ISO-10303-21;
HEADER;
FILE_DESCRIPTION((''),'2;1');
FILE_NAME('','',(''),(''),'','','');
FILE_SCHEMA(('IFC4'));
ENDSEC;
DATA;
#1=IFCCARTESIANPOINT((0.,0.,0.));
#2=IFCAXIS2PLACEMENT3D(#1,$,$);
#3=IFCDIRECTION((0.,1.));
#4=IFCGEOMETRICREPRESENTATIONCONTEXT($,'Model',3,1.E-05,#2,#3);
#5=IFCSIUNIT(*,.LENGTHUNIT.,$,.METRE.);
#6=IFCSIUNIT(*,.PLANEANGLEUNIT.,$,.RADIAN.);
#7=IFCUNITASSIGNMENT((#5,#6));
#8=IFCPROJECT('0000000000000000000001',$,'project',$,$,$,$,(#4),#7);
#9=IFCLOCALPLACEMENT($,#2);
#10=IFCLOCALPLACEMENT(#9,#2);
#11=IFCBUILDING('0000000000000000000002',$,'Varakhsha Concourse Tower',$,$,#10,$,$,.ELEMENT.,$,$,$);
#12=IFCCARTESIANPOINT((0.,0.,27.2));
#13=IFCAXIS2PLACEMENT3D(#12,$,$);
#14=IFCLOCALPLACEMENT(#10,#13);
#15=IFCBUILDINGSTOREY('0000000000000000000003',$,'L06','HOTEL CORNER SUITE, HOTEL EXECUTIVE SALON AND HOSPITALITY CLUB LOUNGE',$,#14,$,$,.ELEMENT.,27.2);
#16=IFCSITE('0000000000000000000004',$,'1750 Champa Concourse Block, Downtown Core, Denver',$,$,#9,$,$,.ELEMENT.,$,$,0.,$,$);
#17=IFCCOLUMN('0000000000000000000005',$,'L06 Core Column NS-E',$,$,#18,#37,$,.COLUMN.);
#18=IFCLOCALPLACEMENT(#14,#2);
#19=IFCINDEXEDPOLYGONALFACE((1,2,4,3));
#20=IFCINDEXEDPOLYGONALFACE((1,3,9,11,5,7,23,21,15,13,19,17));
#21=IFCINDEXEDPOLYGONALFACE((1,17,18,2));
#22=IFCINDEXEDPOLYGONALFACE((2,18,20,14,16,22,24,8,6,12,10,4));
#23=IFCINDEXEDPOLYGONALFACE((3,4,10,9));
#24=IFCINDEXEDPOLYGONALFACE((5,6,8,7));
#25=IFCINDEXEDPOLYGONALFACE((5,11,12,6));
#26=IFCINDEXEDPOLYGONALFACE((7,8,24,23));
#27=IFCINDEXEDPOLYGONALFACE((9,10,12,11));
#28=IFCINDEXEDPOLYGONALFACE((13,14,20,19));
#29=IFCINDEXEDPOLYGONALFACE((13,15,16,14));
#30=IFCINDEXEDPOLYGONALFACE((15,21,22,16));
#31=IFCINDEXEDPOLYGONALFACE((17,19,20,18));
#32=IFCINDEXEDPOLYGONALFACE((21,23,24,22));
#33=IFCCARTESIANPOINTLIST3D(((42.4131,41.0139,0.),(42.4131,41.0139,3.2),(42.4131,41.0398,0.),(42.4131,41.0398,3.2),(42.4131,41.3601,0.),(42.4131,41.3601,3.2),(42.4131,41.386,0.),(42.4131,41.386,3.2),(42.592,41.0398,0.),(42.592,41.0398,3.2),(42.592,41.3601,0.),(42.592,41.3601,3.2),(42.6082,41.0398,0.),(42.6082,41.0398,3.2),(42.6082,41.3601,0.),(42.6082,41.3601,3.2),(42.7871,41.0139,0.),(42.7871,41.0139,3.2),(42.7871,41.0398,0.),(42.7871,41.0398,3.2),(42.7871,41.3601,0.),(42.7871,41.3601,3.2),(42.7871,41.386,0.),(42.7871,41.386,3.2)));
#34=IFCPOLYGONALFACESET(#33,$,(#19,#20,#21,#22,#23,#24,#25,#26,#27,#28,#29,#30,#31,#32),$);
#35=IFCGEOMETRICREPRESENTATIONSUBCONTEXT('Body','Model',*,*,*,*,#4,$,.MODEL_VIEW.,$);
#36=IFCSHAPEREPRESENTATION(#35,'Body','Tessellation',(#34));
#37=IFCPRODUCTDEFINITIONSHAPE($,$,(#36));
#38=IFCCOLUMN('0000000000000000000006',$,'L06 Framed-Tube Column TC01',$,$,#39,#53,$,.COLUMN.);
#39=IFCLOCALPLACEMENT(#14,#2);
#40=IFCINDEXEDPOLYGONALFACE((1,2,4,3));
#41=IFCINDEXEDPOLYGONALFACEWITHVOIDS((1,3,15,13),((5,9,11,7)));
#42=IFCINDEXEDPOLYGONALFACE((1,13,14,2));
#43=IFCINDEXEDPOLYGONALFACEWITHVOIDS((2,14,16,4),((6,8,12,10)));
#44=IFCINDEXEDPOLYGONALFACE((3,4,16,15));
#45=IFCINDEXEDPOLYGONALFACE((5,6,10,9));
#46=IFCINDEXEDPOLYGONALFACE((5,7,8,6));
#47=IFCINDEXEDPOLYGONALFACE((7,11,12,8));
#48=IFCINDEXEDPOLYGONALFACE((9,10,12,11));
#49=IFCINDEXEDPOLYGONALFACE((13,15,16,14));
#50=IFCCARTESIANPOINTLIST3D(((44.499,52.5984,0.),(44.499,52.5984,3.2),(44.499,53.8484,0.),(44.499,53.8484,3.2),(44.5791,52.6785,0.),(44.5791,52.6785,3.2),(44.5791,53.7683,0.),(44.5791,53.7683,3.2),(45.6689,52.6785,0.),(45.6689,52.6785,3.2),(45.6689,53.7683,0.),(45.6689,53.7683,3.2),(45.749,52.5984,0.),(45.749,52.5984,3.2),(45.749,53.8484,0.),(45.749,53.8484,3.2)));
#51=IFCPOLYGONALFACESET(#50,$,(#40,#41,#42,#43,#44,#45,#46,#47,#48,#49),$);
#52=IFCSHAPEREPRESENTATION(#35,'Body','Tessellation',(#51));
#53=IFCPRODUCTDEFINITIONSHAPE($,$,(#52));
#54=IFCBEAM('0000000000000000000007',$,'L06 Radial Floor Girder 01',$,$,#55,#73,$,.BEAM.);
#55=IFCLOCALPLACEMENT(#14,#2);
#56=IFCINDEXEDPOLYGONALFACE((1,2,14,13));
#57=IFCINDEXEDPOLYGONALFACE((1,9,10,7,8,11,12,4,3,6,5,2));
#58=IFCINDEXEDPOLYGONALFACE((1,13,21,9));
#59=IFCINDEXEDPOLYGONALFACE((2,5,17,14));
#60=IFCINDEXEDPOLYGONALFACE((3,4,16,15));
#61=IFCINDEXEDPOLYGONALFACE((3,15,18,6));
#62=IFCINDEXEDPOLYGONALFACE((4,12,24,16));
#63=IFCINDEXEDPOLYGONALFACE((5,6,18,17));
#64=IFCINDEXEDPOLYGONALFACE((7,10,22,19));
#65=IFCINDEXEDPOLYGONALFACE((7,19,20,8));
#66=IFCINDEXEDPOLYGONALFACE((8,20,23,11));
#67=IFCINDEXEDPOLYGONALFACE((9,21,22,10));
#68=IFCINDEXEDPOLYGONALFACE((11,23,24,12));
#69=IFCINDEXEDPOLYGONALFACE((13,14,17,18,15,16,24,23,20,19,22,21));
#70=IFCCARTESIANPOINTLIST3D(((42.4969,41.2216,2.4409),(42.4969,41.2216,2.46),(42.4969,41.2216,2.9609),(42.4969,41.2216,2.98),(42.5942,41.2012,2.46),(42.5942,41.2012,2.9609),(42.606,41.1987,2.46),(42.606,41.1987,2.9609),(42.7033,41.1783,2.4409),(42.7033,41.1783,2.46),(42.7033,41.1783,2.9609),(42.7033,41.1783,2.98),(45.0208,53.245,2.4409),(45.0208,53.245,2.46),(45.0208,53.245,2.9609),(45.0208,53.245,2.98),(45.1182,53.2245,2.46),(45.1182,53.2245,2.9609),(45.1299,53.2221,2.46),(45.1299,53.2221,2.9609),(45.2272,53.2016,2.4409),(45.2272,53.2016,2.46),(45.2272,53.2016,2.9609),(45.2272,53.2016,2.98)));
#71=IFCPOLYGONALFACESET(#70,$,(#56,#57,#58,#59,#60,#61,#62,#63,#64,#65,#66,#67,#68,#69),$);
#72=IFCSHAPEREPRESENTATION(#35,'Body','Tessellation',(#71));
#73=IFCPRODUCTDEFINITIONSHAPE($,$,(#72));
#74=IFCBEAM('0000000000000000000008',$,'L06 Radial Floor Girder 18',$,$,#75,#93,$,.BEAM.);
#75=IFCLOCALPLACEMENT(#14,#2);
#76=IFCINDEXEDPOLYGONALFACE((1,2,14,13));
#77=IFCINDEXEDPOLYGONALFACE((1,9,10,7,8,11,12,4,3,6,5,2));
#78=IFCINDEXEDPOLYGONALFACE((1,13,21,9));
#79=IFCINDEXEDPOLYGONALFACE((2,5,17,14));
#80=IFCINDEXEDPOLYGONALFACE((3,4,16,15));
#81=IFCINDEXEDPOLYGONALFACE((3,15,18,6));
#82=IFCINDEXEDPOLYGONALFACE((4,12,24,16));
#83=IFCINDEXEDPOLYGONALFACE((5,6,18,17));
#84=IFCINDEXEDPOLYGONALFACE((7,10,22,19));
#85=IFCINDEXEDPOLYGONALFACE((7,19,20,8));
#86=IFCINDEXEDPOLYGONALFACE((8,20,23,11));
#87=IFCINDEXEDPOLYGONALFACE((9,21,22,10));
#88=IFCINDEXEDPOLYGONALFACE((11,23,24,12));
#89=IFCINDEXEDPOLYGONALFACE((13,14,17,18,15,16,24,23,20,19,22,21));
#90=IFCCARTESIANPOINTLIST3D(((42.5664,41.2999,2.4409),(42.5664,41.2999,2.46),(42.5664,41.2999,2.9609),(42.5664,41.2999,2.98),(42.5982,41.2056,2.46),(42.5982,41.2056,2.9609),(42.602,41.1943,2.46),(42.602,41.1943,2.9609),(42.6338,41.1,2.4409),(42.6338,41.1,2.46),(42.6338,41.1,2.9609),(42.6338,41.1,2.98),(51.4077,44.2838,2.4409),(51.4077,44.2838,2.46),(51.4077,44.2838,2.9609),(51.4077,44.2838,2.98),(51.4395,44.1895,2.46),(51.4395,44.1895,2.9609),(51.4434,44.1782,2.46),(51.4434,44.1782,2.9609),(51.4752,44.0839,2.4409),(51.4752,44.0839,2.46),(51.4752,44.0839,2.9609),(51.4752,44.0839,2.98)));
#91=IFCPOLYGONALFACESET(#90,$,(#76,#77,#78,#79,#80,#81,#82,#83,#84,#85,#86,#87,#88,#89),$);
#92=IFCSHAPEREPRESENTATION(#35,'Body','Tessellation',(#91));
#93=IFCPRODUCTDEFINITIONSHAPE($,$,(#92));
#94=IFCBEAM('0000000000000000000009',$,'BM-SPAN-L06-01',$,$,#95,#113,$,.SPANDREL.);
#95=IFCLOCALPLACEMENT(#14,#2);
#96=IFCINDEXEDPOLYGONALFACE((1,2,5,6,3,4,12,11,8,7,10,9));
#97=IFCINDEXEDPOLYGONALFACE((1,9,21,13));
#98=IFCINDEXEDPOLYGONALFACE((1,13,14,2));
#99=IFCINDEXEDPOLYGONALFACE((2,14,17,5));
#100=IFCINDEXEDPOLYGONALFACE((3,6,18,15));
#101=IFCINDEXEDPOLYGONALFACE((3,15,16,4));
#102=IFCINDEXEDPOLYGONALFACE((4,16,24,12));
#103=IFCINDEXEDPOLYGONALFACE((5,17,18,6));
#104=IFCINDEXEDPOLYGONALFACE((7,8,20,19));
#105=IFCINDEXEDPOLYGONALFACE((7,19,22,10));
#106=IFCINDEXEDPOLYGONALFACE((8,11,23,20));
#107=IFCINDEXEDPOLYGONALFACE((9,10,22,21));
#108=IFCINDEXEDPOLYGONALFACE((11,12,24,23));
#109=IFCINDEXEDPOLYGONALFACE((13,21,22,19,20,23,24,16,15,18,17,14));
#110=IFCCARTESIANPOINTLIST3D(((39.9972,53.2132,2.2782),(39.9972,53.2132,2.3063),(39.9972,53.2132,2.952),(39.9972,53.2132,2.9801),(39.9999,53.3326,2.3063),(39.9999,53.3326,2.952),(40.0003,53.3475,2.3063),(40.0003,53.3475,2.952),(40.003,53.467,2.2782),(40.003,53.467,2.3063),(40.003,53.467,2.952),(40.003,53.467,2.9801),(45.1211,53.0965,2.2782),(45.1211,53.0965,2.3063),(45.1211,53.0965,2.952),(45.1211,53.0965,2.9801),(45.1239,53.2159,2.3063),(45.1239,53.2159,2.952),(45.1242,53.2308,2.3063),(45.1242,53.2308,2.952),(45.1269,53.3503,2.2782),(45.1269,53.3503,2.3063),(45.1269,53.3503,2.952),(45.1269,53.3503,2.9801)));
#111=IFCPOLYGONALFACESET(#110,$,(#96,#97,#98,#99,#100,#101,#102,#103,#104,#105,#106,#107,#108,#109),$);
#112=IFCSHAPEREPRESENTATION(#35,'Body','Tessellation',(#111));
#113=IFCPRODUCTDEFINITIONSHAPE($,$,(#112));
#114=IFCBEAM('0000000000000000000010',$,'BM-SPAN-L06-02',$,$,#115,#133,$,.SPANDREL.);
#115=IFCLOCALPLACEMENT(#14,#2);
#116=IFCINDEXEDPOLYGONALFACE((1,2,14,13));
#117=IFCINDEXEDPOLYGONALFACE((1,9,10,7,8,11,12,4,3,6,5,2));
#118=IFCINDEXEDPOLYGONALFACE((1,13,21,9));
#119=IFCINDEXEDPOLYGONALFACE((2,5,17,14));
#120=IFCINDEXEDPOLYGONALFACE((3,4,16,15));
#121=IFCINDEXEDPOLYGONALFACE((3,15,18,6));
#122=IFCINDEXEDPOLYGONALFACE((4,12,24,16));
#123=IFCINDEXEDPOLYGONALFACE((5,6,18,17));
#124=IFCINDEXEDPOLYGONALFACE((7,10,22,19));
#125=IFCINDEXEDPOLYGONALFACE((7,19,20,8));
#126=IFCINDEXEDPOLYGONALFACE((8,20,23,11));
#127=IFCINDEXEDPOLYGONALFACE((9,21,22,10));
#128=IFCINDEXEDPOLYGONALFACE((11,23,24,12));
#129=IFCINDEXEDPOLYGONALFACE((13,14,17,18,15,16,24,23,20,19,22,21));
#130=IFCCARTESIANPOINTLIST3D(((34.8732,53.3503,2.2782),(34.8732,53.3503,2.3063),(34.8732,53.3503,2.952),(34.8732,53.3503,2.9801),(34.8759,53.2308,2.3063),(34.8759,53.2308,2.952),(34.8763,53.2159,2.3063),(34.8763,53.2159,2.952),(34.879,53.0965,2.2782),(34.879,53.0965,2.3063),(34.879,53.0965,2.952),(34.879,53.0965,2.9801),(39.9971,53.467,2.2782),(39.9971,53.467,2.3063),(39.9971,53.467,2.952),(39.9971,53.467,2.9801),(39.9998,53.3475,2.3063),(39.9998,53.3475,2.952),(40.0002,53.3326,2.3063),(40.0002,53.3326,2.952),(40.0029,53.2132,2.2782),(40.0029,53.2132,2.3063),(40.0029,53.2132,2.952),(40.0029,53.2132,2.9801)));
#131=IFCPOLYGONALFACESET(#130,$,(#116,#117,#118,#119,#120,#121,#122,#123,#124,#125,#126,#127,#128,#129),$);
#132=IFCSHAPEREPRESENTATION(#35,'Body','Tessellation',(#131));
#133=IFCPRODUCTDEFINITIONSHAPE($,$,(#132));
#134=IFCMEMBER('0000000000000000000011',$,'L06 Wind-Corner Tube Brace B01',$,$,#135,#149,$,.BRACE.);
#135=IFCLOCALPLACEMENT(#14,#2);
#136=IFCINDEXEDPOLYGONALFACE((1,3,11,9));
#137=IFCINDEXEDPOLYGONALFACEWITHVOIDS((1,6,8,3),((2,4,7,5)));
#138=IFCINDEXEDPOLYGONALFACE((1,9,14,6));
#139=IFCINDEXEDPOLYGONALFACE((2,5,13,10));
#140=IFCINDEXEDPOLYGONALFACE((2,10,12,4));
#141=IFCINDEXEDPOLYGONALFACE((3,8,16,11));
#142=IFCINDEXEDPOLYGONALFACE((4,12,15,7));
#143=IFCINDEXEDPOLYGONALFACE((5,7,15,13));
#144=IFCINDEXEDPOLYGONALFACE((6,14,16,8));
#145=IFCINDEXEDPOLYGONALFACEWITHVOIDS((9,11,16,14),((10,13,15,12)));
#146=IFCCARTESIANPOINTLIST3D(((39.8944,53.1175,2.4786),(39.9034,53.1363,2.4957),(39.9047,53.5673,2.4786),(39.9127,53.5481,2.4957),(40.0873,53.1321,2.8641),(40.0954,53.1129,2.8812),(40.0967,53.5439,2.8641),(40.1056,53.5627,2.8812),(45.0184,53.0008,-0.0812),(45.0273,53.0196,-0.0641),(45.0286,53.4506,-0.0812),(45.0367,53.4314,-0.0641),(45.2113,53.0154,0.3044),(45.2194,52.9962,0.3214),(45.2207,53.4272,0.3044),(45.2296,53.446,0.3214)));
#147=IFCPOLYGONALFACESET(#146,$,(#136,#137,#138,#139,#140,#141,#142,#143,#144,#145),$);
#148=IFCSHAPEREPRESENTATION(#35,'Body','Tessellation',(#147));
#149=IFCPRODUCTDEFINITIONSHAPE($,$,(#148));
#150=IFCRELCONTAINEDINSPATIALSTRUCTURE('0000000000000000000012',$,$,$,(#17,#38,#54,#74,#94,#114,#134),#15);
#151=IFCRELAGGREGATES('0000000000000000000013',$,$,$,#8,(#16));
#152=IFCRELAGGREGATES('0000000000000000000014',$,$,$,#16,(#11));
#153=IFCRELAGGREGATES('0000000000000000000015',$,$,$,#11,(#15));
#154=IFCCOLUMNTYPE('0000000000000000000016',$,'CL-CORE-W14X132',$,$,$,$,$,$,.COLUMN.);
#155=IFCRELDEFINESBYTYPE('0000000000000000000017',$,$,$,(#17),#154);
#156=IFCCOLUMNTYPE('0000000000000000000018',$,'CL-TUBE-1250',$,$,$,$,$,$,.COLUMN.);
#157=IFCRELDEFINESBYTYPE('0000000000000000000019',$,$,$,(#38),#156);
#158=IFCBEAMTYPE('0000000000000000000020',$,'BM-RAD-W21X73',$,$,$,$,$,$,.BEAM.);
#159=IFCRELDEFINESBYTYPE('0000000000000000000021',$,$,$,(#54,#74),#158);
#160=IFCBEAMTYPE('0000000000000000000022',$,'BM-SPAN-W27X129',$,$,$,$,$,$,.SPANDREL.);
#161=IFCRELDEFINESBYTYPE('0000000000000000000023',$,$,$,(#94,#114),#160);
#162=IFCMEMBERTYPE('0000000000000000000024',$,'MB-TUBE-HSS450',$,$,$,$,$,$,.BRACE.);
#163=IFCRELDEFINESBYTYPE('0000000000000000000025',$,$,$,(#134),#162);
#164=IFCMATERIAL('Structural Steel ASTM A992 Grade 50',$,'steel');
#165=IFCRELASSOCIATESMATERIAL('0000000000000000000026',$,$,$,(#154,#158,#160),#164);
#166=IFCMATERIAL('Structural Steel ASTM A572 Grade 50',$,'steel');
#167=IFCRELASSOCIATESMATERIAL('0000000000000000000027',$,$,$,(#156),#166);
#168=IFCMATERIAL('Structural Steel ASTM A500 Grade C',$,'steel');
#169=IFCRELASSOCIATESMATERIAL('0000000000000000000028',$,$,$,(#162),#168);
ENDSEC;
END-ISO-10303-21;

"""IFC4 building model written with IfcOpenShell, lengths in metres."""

from ifc_helpers import new_model, si_unit, direction, frame, origin, origin_2d, place, context, subcontext, project, spatial, hollow_rectangle, i_section, extrude, source, transform, mapped, material, material_profile, profile_set, type_object, type_shapes, element, save


model = new_model("IFC4")

# Units and contexts
model_context = context("Model", 3, precision=1e-05, world=origin(), true_north=direction((0.0, 1.0)))
body_context = subcontext(model_context, "Body", "Model", "MODEL_VIEW")
ifc_project = project(units=[si_unit("LENGTHUNIT", "METRE"), si_unit("PLANEANGLEUNIT", "RADIAN")], contexts=[model_context])

# Site, building, storey
site_placement = place(None, origin())
site = spatial("IfcSite", under=ifc_project, at=site_placement, Name="1750 Champa Concourse Block, Downtown Core, Denver", CompositionType="ELEMENT", RefElevation=0.0)
building_placement = place(site_placement, origin())
building = spatial("IfcBuilding", under=site, at=building_placement, Name="Varakhsha Concourse Tower", CompositionType="ELEMENT")
storey_placement = place(building_placement, frame((0.0, 0.0, 27.2)))
storey = spatial("IfcBuildingStorey", under=building, at=storey_placement, Name="L06", Description="HOTEL CORNER SUITE, HOTEL EXECUTIVE SALON AND HOSPITALITY CLUB LOUNGE", CompositionType="ELEMENT", Elevation=27.2)

# Columns
ifc_material_1 = material(Name="Structural Steel ASTM A992 Grade 50", Category="steel")
ifc_material_profile_1 = material_profile(ifc_material_1, i_section(OverallWidth=0.374, OverallDepth=0.3721, WebThickness=0.0161, FlangeThickness=0.0259, at=origin_2d()), Name="W14X132")
ifc_profile_set_1 = profile_set([ifc_material_profile_1], Name="Structural Steel ASTM A992 Grade 50")
column_type_1 = type_object("IfcColumnType", Name="CL-CORE-W14X132", PredefinedType="COLUMN", material=ifc_profile_set_1)
column_1_placement = place(storey_placement, frame((42.6001, 41.2, 0.0), z_axis=(0.0, 0.0, 1.0), x_axis=(1.0, 0.0, 0.0)))
element("IfcColumn", 1, at=column_1_placement, inside=storey, type_object=column_type_1, Name="L06 Core Column NS-E", PredefinedType="COLUMN", context=body_context, shape_type="SweptSolid", body=[
    extrude(i_section(OverallWidth=0.374, OverallDepth=0.3721, WebThickness=0.0161, FlangeThickness=0.0259, at=origin_2d()), origin(), (0.0, 0.0, 1.0), 3.2),
])
ifc_material_2 = material(Name="Structural Steel ASTM A572 Grade 50", Category="steel")
ifc_material_profile_2 = material_profile(ifc_material_2, hollow_rectangle(XDim=1.25, YDim=1.25, WallThickness=0.0801, at=origin_2d()), Name="BOX 1250x1250x80")
ifc_profile_set_2 = profile_set([ifc_material_profile_2], Name="Structural Steel ASTM A572 Grade 50")
column_type_2 = type_object("IfcColumnType", Name="CL-TUBE-1250", PredefinedType="COLUMN", material=ifc_profile_set_2)
column_2_placement = place(storey_placement, frame((45.124, 53.2234, 0.0), z_axis=(0.0, 0.0, 1.0), x_axis=(1.0, 0.0, 0.0)))
element("IfcColumn", 2, at=column_2_placement, inside=storey, type_object=column_type_2, Name="L06 Framed-Tube Column TC01", PredefinedType="COLUMN", context=body_context, shape_type="SweptSolid", body=[
    extrude(hollow_rectangle(XDim=1.25, YDim=1.25, WallThickness=0.0801, at=origin_2d()), origin(), (0.0, 0.0, 1.0), 3.2),
])

# Beams
ifc_material_profile_3 = material_profile(ifc_material_1, i_section(OverallWidth=0.2109, OverallDepth=0.5391, WebThickness=0.012, FlangeThickness=0.019, at=origin_2d()), Name="W21X73")
ifc_profile_set_3 = profile_set([ifc_material_profile_3], Name="Structural Steel ASTM A992 Grade 50")
beam_type_1 = type_object("IfcBeamType", Name="BM-RAD-W21X73", PredefinedType="BEAM", material=ifc_profile_set_3)
beam_1_placement = place(storey_placement, frame((42.6001, 41.2, 2.7104), z_axis=(0.20544, 0.97867, 0.0), x_axis=(-0.97867, 0.20544, 0.0)))
element("IfcBeam", 3, at=beam_1_placement, inside=storey, type_object=beam_type_1, Name="L06 Radial Floor Girder 01", PredefinedType="BEAM", context=body_context, shape_type="SweptSolid", body=[
    extrude(i_section(OverallWidth=0.2109, OverallDepth=0.5391, WebThickness=0.012, FlangeThickness=0.019, at=origin_2d()), origin(), (0.0, 0.0, 1.0), 12.2854),
])
beam_2_placement = place(storey_placement, frame((42.6001, 41.2, 2.7104), z_axis=(0.947494, 0.319773, 0.0), x_axis=(-0.319773, 0.947494, 0.0)))
element("IfcBeam", 4, at=beam_2_placement, inside=storey, type_object=beam_type_1, Name="L06 Radial Floor Girder 18", PredefinedType="BEAM", context=body_context, shape_type="SweptSolid", body=[
    extrude(i_section(OverallWidth=0.2109, OverallDepth=0.5391, WebThickness=0.012, FlangeThickness=0.019, at=origin_2d()), origin(), (0.0, 0.0, 1.0), 9.3313),
])
ifc_material_profile_4 = material_profile(ifc_material_1, i_section(OverallWidth=0.2539, OverallDepth=0.7019, WebThickness=0.0149, FlangeThickness=0.0281, at=origin_2d()), Name="W27X129")
ifc_profile_set_4 = profile_set([ifc_material_profile_4], Name="Structural Steel ASTM A992 Grade 50")
beam_type_2 = type_object("IfcBeamType", Name="BM-SPAN-W27X129", PredefinedType="SPANDREL", material=ifc_profile_set_4)
for number, where, z_axis, x_axis, name in (
    (5, (45.124, 53.2234, 2.6292), (-0.999741, 0.022769, 0.0), (-0.022769, -0.999741, 0.0), "BM-SPAN-L06-01"),
    (6, (40.0, 53.3401, 2.6292), (-0.999741, -0.022769, 0.0), (0.022769, -0.999741, 0.0), "BM-SPAN-L06-02"),
):
    element("IfcBeam", number, at=place(storey_placement, frame(where, z_axis=z_axis, x_axis=x_axis)), inside=storey, type_object=beam_type_2, Name=name, PredefinedType="SPANDREL", context=body_context, shape_type="SweptSolid", body=[
        extrude(i_section(OverallWidth=0.2539, OverallDepth=0.7019, WebThickness=0.0149, FlangeThickness=0.0281, at=origin_2d()), origin(), (0.0, 0.0, 1.0), 5.1252),
    ])

# Member
ifc_material_3 = material(Name="Structural Steel ASTM A500 Grade C", Category="steel")
ifc_material_profile_5 = material_profile(ifc_material_3, hollow_rectangle(XDim=0.45, YDim=0.45, WallThickness=0.019, at=origin_2d()), Name="HSS 450x450x19")
ifc_profile_set_5 = profile_set([ifc_material_profile_5], Name="Structural Steel ASTM A500 Grade C")
member_type_1 = type_object("IfcMemberType", Name="MB-TUBE-HSS450", PredefinedType="BRACE", material=ifc_profile_set_5)
shared_shape_1 = source(origin(), body_context, "Body", "SweptSolid", [
    extrude(hollow_rectangle(XDim=0.45, YDim=0.45, WallThickness=0.019, at=origin_2d()), origin(), (0.0, 0.0, 1.0), 5.729),
])
type_shapes(member_type_1, [shared_shape_1])
member_1_placement = place(storey_placement, frame((45.124, 53.2234, 0.1201), z_axis=(-0.894395, 0.02037, 0.446814), x_axis=(-0.022769, -0.999741, 0.0)))
element("IfcMember", 7, at=member_1_placement, inside=storey, type_object=member_type_1, Name="L06 Wind-Corner Tube Brace B01", PredefinedType="BRACE", context=body_context, shape_type="MappedRepresentation", body=[
    mapped(shared_shape_1, transform((0.0, 0.0, 0.0), scale=1.0)),
])

save(model, "model.ifc")
